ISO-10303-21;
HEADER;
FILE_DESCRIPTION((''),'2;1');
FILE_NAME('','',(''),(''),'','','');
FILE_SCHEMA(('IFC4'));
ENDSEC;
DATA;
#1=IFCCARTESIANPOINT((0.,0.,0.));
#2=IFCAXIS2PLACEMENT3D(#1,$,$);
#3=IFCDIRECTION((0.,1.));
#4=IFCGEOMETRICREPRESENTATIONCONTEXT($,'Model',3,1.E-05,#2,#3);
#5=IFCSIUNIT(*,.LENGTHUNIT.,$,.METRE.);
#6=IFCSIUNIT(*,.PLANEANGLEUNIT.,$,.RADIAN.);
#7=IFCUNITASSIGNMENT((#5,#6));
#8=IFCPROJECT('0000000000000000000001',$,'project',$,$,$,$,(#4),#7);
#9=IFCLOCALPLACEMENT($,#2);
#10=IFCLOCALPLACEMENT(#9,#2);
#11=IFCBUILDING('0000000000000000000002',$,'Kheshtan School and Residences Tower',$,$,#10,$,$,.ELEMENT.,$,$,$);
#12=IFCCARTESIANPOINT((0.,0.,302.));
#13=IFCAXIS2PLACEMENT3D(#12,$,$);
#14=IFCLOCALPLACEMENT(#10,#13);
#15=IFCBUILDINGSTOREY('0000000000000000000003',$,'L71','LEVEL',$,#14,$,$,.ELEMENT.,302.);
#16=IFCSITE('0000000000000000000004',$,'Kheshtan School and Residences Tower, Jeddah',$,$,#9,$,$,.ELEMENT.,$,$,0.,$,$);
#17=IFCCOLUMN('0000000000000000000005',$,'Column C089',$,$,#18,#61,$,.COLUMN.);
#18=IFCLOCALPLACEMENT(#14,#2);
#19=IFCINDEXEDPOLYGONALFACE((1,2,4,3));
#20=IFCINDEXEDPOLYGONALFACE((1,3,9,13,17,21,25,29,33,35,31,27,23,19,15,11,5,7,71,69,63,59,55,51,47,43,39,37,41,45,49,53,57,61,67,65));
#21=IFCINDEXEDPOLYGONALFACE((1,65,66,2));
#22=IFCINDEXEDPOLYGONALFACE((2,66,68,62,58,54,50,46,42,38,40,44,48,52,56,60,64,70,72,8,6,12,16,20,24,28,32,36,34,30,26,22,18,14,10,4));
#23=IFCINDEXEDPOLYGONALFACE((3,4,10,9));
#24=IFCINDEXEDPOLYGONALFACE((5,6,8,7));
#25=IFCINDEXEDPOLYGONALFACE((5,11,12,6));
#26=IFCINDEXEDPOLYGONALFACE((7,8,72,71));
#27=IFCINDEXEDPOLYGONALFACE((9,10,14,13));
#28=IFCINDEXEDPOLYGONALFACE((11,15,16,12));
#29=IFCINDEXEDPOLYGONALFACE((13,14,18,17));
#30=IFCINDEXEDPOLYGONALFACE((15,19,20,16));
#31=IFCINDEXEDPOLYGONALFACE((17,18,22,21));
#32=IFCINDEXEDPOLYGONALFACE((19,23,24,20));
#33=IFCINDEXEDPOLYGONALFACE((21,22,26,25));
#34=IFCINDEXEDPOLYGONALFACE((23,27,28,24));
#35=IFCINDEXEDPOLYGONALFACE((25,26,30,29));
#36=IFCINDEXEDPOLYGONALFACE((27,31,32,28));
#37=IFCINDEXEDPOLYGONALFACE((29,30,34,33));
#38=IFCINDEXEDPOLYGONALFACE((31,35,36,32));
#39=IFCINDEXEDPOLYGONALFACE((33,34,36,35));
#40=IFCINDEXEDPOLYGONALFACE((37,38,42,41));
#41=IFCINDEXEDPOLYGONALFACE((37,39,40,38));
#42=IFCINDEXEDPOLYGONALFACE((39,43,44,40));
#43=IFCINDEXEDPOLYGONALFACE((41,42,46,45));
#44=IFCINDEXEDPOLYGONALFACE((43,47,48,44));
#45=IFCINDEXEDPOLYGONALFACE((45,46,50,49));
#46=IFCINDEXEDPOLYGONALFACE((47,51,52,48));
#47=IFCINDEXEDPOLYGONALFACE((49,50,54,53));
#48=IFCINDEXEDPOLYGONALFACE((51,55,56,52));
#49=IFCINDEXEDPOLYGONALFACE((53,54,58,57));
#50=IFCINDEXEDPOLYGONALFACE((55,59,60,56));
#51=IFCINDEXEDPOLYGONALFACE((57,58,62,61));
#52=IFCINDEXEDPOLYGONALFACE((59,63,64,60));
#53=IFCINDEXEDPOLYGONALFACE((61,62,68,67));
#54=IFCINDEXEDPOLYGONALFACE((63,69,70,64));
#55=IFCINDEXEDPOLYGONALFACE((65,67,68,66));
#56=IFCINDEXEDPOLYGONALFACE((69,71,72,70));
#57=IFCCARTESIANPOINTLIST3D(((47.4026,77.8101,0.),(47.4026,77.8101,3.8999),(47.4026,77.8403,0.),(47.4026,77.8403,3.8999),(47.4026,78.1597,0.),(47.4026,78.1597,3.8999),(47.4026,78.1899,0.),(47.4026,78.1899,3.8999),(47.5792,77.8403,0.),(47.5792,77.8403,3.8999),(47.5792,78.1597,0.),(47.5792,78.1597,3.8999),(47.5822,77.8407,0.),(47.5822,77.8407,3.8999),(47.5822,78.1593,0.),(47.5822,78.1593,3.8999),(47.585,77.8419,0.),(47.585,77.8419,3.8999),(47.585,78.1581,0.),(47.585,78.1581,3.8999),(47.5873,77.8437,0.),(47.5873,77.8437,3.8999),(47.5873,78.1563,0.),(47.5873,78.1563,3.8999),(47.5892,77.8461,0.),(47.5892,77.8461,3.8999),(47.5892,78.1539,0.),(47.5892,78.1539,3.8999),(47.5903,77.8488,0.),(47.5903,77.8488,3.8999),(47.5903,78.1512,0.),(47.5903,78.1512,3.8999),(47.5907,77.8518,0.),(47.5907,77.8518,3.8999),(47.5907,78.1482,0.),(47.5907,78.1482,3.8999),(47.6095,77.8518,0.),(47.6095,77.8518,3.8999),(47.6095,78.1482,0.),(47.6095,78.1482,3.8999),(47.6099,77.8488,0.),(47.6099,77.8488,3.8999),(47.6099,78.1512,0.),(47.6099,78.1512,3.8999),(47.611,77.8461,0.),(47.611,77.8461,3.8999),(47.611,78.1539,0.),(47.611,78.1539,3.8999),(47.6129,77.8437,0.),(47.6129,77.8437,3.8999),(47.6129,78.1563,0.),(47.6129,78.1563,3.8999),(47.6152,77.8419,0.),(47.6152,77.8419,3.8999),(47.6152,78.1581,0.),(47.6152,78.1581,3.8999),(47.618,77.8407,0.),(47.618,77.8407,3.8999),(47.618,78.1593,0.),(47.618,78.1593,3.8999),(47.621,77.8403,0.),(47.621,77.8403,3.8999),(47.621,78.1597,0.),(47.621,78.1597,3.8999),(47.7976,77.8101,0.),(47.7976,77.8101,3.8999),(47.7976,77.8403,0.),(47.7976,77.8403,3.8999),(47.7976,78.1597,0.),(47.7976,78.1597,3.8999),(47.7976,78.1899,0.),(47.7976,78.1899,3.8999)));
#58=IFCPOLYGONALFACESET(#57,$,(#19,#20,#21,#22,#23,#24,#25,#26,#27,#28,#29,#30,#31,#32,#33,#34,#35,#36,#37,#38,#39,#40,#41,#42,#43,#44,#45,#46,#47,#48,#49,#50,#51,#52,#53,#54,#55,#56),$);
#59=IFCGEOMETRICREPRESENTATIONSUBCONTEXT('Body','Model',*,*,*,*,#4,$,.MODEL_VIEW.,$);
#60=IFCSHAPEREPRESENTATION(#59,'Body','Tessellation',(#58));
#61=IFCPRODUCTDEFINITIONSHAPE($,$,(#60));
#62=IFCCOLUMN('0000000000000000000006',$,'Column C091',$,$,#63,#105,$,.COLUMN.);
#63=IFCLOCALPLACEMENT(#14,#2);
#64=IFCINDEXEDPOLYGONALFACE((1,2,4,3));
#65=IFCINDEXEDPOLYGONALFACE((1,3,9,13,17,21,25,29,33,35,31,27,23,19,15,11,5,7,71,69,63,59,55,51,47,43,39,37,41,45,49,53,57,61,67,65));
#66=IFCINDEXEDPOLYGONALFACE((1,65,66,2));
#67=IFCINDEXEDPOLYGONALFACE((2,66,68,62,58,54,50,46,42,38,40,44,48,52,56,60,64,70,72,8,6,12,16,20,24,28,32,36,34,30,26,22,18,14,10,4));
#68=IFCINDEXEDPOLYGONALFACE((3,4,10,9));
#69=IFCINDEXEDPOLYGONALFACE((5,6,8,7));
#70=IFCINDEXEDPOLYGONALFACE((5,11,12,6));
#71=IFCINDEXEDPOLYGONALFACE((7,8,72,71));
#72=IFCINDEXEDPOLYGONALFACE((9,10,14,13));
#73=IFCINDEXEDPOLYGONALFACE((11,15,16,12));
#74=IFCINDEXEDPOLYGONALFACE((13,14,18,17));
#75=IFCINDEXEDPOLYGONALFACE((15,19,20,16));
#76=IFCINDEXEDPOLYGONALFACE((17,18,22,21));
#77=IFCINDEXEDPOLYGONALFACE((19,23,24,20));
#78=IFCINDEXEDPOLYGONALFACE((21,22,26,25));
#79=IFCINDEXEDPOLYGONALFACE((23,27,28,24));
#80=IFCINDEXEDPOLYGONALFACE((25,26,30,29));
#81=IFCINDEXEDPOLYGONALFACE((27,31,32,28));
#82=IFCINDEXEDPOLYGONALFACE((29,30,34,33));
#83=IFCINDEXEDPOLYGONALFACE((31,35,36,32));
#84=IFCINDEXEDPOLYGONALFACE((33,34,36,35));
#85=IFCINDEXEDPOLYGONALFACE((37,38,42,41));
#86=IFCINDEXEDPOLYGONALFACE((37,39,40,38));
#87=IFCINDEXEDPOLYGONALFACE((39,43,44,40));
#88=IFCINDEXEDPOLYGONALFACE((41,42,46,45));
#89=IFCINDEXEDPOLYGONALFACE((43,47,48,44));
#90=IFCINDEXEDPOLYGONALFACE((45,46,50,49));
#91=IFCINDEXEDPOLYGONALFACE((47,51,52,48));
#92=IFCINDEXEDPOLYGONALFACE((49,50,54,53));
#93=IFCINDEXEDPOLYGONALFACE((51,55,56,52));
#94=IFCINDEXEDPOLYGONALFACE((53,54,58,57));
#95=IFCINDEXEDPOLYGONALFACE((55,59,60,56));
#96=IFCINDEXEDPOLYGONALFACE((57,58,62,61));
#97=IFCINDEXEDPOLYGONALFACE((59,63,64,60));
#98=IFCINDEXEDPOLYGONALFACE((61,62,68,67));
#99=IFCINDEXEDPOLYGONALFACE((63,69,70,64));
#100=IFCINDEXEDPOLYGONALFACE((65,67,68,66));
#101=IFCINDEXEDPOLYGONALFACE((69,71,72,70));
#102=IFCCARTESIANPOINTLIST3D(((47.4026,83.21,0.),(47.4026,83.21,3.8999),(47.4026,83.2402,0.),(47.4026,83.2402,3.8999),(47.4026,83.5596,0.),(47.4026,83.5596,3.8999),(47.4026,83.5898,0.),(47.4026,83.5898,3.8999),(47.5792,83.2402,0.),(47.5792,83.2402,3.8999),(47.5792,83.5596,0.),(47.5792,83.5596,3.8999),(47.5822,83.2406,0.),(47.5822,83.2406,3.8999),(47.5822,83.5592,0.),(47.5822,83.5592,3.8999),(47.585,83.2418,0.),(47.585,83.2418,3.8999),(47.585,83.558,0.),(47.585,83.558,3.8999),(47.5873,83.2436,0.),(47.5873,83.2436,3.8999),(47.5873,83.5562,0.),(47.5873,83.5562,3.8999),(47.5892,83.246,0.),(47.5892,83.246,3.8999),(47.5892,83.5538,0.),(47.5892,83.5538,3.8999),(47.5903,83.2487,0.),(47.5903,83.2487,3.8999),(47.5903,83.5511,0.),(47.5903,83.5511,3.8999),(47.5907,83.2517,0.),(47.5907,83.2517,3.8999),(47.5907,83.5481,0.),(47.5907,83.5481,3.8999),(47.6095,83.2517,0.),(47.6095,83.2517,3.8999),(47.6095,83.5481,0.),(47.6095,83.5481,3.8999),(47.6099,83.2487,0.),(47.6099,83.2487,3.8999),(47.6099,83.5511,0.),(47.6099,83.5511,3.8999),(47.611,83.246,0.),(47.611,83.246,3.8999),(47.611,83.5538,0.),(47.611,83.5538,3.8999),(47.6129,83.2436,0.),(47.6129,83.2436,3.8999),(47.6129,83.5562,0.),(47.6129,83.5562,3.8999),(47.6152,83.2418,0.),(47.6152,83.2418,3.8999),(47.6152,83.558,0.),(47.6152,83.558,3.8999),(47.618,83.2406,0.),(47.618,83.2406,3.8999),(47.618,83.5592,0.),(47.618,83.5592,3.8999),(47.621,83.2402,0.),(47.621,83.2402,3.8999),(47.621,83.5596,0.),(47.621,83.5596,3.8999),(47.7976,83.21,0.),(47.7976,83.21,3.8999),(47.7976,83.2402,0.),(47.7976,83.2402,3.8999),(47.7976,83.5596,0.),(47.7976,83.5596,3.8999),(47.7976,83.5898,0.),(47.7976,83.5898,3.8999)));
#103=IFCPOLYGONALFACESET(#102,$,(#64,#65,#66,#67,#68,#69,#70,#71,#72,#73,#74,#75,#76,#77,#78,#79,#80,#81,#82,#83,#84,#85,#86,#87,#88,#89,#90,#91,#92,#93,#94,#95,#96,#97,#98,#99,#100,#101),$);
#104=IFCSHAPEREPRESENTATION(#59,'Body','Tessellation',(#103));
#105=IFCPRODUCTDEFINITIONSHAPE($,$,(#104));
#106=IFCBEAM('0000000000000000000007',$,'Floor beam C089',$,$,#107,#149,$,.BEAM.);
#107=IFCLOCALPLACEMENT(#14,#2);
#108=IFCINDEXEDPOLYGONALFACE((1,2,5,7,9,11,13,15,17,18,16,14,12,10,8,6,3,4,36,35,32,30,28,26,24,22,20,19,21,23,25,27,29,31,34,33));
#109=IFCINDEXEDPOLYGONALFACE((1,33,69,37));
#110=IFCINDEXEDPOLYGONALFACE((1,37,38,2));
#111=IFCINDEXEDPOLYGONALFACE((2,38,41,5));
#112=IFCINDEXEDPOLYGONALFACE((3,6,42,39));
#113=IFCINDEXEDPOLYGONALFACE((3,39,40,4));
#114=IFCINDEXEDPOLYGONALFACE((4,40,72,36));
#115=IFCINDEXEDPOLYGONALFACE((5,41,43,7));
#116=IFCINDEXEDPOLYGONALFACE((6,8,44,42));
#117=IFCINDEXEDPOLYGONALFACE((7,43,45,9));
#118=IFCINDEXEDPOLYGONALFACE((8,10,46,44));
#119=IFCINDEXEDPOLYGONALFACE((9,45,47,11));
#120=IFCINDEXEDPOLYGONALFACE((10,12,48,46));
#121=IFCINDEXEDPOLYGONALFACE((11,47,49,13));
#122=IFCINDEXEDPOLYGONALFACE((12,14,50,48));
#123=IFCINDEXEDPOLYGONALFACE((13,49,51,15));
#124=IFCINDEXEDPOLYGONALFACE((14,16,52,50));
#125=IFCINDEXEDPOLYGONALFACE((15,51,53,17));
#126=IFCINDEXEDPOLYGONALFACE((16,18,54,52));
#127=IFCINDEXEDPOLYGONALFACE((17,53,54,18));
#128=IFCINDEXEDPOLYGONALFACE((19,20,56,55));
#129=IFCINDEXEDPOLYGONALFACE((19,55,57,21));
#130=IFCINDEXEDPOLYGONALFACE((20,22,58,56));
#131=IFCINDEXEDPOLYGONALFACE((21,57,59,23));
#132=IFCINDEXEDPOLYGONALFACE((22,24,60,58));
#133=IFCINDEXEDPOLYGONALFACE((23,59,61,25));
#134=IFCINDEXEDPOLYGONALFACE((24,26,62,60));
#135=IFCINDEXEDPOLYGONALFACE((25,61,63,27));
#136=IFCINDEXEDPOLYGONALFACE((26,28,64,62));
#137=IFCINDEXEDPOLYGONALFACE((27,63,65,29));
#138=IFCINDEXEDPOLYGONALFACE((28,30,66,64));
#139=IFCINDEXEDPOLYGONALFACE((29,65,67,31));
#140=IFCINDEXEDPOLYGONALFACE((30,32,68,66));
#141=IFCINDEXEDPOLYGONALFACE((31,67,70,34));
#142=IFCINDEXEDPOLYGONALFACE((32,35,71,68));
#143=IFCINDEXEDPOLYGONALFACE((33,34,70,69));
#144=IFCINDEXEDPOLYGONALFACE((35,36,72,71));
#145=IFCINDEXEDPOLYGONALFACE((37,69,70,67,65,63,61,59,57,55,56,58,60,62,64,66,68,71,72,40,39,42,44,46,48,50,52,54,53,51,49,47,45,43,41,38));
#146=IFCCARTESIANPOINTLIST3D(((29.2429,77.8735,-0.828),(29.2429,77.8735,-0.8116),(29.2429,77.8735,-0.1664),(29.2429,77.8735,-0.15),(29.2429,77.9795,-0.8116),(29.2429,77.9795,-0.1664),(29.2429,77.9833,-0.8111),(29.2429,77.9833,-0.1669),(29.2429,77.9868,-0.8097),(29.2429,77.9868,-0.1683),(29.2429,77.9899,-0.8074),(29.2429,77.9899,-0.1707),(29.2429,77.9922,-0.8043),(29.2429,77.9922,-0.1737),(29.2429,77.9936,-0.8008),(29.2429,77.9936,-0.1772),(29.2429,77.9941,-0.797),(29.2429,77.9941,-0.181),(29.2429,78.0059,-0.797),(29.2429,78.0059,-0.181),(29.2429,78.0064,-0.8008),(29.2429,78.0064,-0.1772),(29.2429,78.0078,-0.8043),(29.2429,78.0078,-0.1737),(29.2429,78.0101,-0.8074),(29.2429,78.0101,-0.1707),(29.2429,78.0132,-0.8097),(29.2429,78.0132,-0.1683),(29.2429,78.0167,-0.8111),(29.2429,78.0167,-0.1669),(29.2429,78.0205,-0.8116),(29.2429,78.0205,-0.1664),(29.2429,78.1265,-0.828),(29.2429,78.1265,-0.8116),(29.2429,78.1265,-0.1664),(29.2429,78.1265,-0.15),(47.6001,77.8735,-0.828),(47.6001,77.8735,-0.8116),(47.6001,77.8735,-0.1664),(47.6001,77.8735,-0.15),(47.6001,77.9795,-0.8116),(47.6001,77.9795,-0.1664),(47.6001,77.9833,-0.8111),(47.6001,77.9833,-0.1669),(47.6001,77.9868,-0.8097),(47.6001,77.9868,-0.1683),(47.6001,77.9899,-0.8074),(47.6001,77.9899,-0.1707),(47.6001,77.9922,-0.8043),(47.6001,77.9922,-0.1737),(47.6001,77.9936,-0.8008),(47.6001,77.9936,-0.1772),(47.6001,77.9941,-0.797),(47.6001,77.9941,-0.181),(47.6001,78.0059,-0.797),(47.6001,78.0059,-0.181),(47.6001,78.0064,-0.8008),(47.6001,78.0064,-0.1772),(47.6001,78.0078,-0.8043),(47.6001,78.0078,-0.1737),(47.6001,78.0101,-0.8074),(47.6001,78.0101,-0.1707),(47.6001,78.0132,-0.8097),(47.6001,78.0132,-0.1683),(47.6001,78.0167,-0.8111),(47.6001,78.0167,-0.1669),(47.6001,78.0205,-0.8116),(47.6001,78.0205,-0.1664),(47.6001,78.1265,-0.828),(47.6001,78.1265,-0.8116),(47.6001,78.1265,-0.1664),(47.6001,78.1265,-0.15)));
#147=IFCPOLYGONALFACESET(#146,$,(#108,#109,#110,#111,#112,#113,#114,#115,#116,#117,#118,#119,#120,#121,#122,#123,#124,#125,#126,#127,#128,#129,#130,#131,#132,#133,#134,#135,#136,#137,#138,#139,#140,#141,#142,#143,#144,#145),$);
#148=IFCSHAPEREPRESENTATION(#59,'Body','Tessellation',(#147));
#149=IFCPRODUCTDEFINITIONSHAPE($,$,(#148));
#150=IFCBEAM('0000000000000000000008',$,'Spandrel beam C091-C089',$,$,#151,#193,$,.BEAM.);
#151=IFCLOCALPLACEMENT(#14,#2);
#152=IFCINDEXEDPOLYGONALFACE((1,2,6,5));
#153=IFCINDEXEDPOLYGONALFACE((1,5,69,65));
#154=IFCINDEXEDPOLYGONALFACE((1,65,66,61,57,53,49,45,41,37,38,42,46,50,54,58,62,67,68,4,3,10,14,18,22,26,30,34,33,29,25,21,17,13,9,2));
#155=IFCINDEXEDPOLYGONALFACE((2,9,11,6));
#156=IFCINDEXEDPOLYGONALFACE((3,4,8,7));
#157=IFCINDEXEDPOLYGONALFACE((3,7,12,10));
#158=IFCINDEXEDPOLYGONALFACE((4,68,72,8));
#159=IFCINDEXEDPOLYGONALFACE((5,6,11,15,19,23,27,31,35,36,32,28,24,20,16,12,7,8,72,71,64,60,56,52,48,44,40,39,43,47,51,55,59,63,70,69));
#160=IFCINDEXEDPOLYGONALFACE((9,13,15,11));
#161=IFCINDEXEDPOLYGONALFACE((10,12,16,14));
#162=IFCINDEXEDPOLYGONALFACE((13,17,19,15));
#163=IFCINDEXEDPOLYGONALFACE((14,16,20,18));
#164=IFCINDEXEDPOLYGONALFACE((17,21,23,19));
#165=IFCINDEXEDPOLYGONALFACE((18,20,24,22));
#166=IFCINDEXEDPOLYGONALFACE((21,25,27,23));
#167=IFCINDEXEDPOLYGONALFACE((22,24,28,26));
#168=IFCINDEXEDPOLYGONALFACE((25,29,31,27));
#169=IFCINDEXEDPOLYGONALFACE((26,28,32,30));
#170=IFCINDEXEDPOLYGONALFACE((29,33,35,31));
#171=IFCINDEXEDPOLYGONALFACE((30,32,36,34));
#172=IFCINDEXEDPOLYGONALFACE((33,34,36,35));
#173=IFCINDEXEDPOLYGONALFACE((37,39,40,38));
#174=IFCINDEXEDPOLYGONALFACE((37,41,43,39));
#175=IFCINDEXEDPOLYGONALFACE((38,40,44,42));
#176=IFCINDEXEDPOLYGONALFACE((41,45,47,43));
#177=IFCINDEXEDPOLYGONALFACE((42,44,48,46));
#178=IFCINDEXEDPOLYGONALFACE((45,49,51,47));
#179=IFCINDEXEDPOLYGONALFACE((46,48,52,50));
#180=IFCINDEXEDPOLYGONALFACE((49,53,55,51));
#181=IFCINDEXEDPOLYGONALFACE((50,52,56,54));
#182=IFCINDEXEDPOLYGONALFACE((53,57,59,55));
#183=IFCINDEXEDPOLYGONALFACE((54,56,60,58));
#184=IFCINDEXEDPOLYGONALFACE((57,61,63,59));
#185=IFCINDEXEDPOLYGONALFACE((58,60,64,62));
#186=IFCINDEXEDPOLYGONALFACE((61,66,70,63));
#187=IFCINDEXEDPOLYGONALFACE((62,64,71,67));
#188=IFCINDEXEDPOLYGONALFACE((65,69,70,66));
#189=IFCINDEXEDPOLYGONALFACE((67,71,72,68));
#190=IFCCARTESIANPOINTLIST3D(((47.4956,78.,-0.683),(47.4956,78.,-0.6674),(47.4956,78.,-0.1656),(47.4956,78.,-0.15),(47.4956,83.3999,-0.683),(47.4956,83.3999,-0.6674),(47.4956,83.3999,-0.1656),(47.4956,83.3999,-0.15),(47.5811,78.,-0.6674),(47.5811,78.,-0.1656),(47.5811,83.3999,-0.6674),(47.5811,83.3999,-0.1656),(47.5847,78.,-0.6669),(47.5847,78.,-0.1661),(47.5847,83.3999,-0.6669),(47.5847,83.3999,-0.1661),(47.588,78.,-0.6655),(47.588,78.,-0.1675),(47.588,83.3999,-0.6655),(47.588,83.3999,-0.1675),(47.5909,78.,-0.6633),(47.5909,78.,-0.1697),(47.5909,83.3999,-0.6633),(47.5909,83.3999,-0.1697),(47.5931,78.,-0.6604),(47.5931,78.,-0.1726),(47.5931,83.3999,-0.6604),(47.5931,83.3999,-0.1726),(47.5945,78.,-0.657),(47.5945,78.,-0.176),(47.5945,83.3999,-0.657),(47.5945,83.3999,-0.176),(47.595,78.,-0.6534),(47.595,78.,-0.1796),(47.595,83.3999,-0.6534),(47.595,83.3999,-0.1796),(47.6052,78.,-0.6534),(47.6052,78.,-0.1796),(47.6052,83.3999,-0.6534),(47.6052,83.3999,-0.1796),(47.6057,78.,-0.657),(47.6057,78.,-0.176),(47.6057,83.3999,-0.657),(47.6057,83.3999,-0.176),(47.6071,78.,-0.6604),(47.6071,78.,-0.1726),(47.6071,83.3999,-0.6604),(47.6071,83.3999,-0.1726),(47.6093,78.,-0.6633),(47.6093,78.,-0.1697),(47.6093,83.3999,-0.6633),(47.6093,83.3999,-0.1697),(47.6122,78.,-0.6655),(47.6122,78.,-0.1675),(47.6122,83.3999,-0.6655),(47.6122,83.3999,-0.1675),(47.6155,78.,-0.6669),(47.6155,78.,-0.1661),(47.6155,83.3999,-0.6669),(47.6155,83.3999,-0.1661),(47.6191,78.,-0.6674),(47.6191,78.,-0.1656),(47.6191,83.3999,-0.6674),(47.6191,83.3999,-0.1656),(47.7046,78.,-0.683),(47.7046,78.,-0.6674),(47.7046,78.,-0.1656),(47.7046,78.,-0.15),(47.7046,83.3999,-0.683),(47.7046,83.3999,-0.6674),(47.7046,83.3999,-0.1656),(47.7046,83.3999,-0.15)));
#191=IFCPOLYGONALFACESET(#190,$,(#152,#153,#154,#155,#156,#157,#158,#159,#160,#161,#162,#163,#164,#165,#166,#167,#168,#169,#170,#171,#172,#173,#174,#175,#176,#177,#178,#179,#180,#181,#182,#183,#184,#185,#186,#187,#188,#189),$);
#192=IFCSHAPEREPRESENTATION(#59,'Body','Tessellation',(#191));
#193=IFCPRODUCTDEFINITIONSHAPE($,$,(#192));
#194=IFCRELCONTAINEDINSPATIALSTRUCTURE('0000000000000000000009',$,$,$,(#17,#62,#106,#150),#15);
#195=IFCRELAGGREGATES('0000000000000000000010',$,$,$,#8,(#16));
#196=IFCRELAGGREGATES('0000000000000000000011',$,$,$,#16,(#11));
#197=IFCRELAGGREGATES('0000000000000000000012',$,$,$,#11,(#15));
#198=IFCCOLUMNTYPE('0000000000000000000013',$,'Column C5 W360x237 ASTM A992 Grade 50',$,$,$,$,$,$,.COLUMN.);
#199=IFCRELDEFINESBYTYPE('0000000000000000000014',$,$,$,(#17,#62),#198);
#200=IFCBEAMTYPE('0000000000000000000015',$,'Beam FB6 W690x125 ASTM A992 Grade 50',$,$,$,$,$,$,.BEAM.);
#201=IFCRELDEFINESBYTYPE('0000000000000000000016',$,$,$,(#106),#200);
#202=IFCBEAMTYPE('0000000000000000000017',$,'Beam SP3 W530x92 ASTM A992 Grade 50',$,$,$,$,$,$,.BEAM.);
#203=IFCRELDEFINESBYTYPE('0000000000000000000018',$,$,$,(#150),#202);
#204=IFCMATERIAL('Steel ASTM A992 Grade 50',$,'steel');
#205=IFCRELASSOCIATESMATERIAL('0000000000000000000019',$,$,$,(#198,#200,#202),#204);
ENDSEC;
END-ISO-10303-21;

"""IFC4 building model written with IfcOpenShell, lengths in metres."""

from ifc_helpers import new_model, si_unit, direction, frame, origin, origin_2d, place, context, subcontext, project, spatial, i_section, extrude, material, material_profile, profile_set, type_object, element, save


model = new_model("IFC4")

# Units and contexts
model_context = context("Model", 3, precision=1e-05, world=origin(), true_north=direction((0.0, 1.0)))
body_context = subcontext(model_context, "Body", "Model", "MODEL_VIEW")
ifc_project = project(units=[si_unit("LENGTHUNIT", "METRE"), si_unit("PLANEANGLEUNIT", "RADIAN")], contexts=[model_context])

# Site, building, storey
site_placement = place(None, origin())
site = spatial("IfcSite", under=ifc_project, at=site_placement, Name="Kheshtan School and Residences Tower, Jeddah", CompositionType="ELEMENT", RefElevation=0.0)
building_placement = place(site_placement, origin())
building = spatial("IfcBuilding", under=site, at=building_placement, Name="Kheshtan School and Residences Tower", CompositionType="ELEMENT")
storey_placement = place(building_placement, frame((0.0, 0.0, 302.0)))
storey = spatial("IfcBuildingStorey", under=building, at=storey_placement, Name="L71", Description="LEVEL", CompositionType="ELEMENT", Elevation=302.0)

# Columns
ifc_material_1 = material(Name="Steel ASTM A992 Grade 50", Category="steel")
ifc_material_profile_1 = material_profile(ifc_material_1, i_section(OverallWidth=0.395, OverallDepth=0.3799, WebThickness=0.0188, FlangeThickness=0.0303, FilletRadius=0.0115, at=origin_2d()), Name="W360x237")
ifc_profile_set_1 = profile_set([ifc_material_profile_1], Name="Steel ASTM A992 Grade 50")
column_type = type_object("IfcColumnType", Name="Column C5 W360x237 ASTM A992 Grade 50", PredefinedType="COLUMN", material=ifc_profile_set_1)
for number, where, z_axis, x_axis, name in (
    (1, (47.6001, 78.0, 0.0), (0.0, 0.0, 1.0), (1.0, 0.0, 0.0), "Column C089"),
    (2, (47.6001, 83.3999, 0.0), (0.0, 0.0, 1.0), (1.0, 0.0, 0.0), "Column C091"),
):
    element("IfcColumn", number, at=place(storey_placement, frame(where, z_axis=z_axis, x_axis=x_axis)), inside=storey, type_object=column_type, Name=name, PredefinedType="COLUMN", context=body_context, shape_type="SweptSolid", body=[
        extrude(i_section(OverallWidth=0.395, OverallDepth=0.3799, WebThickness=0.0188, FlangeThickness=0.0303, FilletRadius=0.0115, at=origin_2d()), origin(), (0.0, 0.0, 1.0), 3.8999),
    ])

# Beams
ifc_material_profile_2 = material_profile(ifc_material_1, i_section(OverallWidth=0.2529, OverallDepth=0.678, WebThickness=0.0117, FlangeThickness=0.0164, FilletRadius=0.0146, at=origin_2d()), Name="W690x125")
ifc_profile_set_2 = profile_set([ifc_material_profile_2], Name="Steel ASTM A992 Grade 50")
beam_type_1 = type_object("IfcBeamType", Name="Beam FB6 W690x125 ASTM A992 Grade 50", PredefinedType="BEAM", material=ifc_profile_set_2)
beam_placement = place(storey_placement, frame((47.6001, 78.0, -0.489), z_axis=(-1.0, 0.0, 0.0), x_axis=(0.0, -1.0, 0.0)))
element("IfcBeam", 3, at=beam_placement, inside=storey, type_object=beam_type_1, Name="Floor beam C089", PredefinedType="BEAM", context=body_context, shape_type="SweptSolid", body=[
    extrude(i_section(OverallWidth=0.2529, OverallDepth=0.678, WebThickness=0.0117, FlangeThickness=0.0164, FilletRadius=0.0146, at=origin_2d()), origin(), (0.0, 0.0, 1.0), 18.3572),
])
ifc_material_profile_3 = material_profile(ifc_material_1, i_section(OverallWidth=0.209, OverallDepth=0.533, WebThickness=0.0103, FlangeThickness=0.0156, FilletRadius=0.0139, at=origin_2d()), Name="W530x92")
ifc_profile_set_3 = profile_set([ifc_material_profile_3], Name="Steel ASTM A992 Grade 50")
beam_type_2 = type_object("IfcBeamType", Name="Beam SP3 W530x92 ASTM A992 Grade 50", PredefinedType="BEAM", material=ifc_profile_set_3)
for number, where, z_axis, x_axis, name in (
    (4, (47.6001, 83.3999, -0.4165), (0.0, -1.0, 0.0), (1.0, 0.0, 0.0), "Spandrel beam C091-C089"),
):
    element("IfcBeam", number, at=place(storey_placement, frame(where, z_axis=z_axis, x_axis=x_axis)), inside=storey, type_object=beam_type_2, Name=name, PredefinedType="BEAM", context=body_context, shape_type="SweptSolid", body=[
        extrude(i_section(OverallWidth=0.209, OverallDepth=0.533, WebThickness=0.0103, FlangeThickness=0.0156, FilletRadius=0.0139, at=origin_2d()), origin(), (0.0, 0.0, 1.0), 5.3999),
    ])

save(model, "model.ifc")
